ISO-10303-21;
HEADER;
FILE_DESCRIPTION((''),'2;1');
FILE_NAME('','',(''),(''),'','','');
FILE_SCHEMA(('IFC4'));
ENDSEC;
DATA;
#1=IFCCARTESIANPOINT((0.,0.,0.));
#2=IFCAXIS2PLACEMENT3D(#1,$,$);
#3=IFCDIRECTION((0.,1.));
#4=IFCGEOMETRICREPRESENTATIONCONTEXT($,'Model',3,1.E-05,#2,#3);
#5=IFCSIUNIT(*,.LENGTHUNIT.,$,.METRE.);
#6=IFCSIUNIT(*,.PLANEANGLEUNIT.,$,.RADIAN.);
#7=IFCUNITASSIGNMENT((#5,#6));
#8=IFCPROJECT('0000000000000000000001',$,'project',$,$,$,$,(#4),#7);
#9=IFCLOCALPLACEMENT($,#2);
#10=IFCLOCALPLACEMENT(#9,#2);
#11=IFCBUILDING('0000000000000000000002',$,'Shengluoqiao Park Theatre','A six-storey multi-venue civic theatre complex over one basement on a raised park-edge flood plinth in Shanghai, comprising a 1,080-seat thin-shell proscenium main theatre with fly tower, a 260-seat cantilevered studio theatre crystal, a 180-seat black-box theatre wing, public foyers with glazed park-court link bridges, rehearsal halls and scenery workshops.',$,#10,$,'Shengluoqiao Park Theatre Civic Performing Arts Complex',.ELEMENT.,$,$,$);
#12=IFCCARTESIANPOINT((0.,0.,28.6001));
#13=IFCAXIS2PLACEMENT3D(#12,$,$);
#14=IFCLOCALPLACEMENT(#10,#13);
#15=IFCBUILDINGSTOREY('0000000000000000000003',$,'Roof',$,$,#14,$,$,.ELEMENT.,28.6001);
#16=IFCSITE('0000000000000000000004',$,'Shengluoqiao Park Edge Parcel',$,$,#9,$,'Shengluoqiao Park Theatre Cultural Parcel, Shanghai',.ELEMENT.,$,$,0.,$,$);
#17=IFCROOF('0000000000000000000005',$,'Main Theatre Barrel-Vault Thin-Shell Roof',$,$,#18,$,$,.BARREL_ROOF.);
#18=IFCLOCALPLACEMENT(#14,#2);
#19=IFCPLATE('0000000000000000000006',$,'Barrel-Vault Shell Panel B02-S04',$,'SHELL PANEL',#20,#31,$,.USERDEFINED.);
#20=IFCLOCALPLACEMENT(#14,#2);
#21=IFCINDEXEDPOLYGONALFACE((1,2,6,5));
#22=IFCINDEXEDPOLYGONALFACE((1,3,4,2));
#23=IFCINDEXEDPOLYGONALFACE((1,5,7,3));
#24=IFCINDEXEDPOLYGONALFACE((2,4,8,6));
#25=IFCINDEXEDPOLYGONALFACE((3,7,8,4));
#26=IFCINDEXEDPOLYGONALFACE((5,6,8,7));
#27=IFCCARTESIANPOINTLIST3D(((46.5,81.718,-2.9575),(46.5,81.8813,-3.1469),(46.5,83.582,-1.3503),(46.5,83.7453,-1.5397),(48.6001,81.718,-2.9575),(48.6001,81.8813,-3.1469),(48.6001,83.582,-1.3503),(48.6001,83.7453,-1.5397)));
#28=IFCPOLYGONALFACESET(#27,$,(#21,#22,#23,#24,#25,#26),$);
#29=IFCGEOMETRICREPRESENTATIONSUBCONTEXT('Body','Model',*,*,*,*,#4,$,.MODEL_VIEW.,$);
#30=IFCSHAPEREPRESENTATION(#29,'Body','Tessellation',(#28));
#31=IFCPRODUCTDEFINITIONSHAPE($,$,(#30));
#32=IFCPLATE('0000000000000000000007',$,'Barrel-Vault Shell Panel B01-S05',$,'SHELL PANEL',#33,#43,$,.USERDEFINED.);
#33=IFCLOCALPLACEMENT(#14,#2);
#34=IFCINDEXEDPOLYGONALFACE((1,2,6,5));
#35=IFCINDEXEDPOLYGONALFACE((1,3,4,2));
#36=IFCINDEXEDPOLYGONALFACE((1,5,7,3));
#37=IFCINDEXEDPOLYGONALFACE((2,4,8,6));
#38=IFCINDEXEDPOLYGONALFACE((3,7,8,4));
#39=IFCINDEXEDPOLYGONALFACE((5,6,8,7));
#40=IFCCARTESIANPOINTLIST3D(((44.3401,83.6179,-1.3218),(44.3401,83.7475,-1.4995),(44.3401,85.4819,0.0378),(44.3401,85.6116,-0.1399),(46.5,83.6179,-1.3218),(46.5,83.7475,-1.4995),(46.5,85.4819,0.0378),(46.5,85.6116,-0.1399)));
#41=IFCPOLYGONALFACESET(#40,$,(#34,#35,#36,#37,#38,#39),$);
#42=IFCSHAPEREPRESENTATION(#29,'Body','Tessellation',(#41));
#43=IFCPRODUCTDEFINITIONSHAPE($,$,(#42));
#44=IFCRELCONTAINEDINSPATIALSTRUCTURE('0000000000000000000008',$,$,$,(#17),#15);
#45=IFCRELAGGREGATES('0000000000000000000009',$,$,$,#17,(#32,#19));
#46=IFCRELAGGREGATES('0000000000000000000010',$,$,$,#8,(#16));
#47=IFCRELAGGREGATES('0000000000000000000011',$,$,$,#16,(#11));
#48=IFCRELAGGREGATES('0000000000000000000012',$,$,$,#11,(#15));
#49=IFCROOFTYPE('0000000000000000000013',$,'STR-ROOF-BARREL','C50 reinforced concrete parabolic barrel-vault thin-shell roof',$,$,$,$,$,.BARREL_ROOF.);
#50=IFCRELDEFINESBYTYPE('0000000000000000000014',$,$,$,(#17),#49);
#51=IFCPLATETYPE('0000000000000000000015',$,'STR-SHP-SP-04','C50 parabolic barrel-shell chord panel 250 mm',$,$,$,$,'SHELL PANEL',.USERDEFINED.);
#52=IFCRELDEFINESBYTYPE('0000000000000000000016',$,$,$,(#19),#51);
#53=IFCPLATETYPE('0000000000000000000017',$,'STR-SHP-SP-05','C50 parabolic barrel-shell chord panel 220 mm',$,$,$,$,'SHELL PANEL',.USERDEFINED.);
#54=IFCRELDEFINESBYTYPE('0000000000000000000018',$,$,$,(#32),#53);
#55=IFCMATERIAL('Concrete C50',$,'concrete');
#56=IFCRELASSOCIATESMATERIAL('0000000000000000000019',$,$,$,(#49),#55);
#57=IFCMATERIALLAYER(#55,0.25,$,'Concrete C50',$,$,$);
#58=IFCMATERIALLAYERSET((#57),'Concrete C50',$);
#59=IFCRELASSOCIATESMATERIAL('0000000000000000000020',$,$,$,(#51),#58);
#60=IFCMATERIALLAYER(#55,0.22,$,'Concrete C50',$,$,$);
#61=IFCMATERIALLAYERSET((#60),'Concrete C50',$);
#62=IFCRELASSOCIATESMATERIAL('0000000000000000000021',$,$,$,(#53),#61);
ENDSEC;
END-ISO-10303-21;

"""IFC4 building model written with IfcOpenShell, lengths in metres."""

from ifc_helpers import new_model, si_unit, direction, frame, origin, place, context, subcontext, project, spatial, polyline, outline, extrude, material, layer, layer_set, type_object, element, aggregate, save


model = new_model("IFC4")

# Units and contexts
model_context = context("Model", 3, precision=1e-05, world=origin(), true_north=direction((0.0, 1.0)))
body_context = subcontext(model_context, "Body", "Model", "MODEL_VIEW")
ifc_project = project(units=[si_unit("LENGTHUNIT", "METRE"), si_unit("PLANEANGLEUNIT", "RADIAN")], contexts=[model_context])

# Site, building, storey
site_placement = place(None, origin())
site = spatial("IfcSite", under=ifc_project, at=site_placement, Name="Shengluoqiao Park Edge Parcel", LongName="Shengluoqiao Park Theatre Cultural Parcel, Shanghai", CompositionType="ELEMENT", RefElevation=0.0)
building_placement = place(site_placement, origin())
building = spatial("IfcBuilding", under=site, at=building_placement, Name="Shengluoqiao Park Theatre", Description="A six-storey multi-venue civic theatre complex over one basement on a raised park-edge flood plinth in Shanghai, comprising a 1,080-seat thin-shell proscenium main theatre with fly tower, a 260-seat cantilevered studio theatre crystal, a 180-seat black-box theatre wing, public foyers with glazed park-court link bridges, rehearsal halls and scenery workshops.", LongName="Shengluoqiao Park Theatre Civic Performing Arts Complex", CompositionType="ELEMENT")
storey_placement = place(building_placement, frame((0.0, 0.0, 28.6001)))
storey = spatial("IfcBuildingStorey", under=building, at=storey_placement, Name="Roof", CompositionType="ELEMENT", Elevation=28.6001)

# Shared definitions
ifc_material_1 = material(Name="Concrete C50", Category="concrete")

# Roof, plates
roof_type = type_object("IfcRoofType", Name="STR-ROOF-BARREL", Description="C50 reinforced concrete parabolic barrel-vault thin-shell roof", PredefinedType="BARREL_ROOF", material=ifc_material_1)
roof_placement = place(storey_placement, origin())
roof = element("IfcRoof", 1, at=roof_placement, inside=storey, type_object=roof_type, Name="Main Theatre Barrel-Vault Thin-Shell Roof", PredefinedType="BARREL_ROOF")
ifc_layer_1 = layer(ifc_material_1, 0.25, Name="Concrete C50")
ifc_layer_set_1 = layer_set([ifc_layer_1], Name="Concrete C50")
plate_type_1 = type_object("IfcPlateType", Name="STR-SHP-SP-04", Description="C50 parabolic barrel-shell chord panel 250 mm", ElementType="SHELL PANEL", PredefinedType="USERDEFINED", material=ifc_layer_set_1)
plate_1_placement = place(storey_placement, frame((46.5, 81.718, -2.9575), z_axis=(0.0, -0.653002, 0.757356), x_axis=(1.0, 0.0, 0.0)))
plate_1 = element("IfcPlate", 2, at=plate_1_placement, type_object=plate_type_1, Name="Barrel-Vault Shell Panel B02-S04", ObjectType="SHELL PANEL", PredefinedType="USERDEFINED", context=body_context, shape_type="SweptSolid", body=[
    extrude(outline(polyline([(0.0, 0.0), (2.1001, 0.0), (2.1001, 2.4612), (0.0, 2.4612), (0.0, 0.0)])), origin(), (0.0, 0.0, -1.0), 0.25),
])
ifc_layer_2 = layer(ifc_material_1, 0.22, Name="Concrete C50")
ifc_layer_set_2 = layer_set([ifc_layer_2], Name="Concrete C50")
plate_type_2 = type_object("IfcPlateType", Name="STR-SHP-SP-05", Description="C50 parabolic barrel-shell chord panel 220 mm", ElementType="SHELL PANEL", PredefinedType="USERDEFINED", material=ifc_layer_set_2)
plate_2_placement = place(storey_placement, frame((44.3401, 83.6179, -1.3218), z_axis=(0.0, -0.589297, 0.807916), x_axis=(1.0, 0.0, 0.0)))
plate_2 = element("IfcPlate", 3, at=plate_2_placement, type_object=plate_type_2, Name="Barrel-Vault Shell Panel B01-S05", ObjectType="SHELL PANEL", PredefinedType="USERDEFINED", context=body_context, shape_type="SweptSolid", body=[
    extrude(outline(polyline([(0.0, 0.0), (2.1599, 0.0), (2.1599, 2.3072), (0.0, 2.3072), (0.0, 0.0)])), origin(), (0.0, 0.0, -1.0), 0.22),
])
aggregate(roof, [plate_2, plate_1])

save(model, "model.ifc")
